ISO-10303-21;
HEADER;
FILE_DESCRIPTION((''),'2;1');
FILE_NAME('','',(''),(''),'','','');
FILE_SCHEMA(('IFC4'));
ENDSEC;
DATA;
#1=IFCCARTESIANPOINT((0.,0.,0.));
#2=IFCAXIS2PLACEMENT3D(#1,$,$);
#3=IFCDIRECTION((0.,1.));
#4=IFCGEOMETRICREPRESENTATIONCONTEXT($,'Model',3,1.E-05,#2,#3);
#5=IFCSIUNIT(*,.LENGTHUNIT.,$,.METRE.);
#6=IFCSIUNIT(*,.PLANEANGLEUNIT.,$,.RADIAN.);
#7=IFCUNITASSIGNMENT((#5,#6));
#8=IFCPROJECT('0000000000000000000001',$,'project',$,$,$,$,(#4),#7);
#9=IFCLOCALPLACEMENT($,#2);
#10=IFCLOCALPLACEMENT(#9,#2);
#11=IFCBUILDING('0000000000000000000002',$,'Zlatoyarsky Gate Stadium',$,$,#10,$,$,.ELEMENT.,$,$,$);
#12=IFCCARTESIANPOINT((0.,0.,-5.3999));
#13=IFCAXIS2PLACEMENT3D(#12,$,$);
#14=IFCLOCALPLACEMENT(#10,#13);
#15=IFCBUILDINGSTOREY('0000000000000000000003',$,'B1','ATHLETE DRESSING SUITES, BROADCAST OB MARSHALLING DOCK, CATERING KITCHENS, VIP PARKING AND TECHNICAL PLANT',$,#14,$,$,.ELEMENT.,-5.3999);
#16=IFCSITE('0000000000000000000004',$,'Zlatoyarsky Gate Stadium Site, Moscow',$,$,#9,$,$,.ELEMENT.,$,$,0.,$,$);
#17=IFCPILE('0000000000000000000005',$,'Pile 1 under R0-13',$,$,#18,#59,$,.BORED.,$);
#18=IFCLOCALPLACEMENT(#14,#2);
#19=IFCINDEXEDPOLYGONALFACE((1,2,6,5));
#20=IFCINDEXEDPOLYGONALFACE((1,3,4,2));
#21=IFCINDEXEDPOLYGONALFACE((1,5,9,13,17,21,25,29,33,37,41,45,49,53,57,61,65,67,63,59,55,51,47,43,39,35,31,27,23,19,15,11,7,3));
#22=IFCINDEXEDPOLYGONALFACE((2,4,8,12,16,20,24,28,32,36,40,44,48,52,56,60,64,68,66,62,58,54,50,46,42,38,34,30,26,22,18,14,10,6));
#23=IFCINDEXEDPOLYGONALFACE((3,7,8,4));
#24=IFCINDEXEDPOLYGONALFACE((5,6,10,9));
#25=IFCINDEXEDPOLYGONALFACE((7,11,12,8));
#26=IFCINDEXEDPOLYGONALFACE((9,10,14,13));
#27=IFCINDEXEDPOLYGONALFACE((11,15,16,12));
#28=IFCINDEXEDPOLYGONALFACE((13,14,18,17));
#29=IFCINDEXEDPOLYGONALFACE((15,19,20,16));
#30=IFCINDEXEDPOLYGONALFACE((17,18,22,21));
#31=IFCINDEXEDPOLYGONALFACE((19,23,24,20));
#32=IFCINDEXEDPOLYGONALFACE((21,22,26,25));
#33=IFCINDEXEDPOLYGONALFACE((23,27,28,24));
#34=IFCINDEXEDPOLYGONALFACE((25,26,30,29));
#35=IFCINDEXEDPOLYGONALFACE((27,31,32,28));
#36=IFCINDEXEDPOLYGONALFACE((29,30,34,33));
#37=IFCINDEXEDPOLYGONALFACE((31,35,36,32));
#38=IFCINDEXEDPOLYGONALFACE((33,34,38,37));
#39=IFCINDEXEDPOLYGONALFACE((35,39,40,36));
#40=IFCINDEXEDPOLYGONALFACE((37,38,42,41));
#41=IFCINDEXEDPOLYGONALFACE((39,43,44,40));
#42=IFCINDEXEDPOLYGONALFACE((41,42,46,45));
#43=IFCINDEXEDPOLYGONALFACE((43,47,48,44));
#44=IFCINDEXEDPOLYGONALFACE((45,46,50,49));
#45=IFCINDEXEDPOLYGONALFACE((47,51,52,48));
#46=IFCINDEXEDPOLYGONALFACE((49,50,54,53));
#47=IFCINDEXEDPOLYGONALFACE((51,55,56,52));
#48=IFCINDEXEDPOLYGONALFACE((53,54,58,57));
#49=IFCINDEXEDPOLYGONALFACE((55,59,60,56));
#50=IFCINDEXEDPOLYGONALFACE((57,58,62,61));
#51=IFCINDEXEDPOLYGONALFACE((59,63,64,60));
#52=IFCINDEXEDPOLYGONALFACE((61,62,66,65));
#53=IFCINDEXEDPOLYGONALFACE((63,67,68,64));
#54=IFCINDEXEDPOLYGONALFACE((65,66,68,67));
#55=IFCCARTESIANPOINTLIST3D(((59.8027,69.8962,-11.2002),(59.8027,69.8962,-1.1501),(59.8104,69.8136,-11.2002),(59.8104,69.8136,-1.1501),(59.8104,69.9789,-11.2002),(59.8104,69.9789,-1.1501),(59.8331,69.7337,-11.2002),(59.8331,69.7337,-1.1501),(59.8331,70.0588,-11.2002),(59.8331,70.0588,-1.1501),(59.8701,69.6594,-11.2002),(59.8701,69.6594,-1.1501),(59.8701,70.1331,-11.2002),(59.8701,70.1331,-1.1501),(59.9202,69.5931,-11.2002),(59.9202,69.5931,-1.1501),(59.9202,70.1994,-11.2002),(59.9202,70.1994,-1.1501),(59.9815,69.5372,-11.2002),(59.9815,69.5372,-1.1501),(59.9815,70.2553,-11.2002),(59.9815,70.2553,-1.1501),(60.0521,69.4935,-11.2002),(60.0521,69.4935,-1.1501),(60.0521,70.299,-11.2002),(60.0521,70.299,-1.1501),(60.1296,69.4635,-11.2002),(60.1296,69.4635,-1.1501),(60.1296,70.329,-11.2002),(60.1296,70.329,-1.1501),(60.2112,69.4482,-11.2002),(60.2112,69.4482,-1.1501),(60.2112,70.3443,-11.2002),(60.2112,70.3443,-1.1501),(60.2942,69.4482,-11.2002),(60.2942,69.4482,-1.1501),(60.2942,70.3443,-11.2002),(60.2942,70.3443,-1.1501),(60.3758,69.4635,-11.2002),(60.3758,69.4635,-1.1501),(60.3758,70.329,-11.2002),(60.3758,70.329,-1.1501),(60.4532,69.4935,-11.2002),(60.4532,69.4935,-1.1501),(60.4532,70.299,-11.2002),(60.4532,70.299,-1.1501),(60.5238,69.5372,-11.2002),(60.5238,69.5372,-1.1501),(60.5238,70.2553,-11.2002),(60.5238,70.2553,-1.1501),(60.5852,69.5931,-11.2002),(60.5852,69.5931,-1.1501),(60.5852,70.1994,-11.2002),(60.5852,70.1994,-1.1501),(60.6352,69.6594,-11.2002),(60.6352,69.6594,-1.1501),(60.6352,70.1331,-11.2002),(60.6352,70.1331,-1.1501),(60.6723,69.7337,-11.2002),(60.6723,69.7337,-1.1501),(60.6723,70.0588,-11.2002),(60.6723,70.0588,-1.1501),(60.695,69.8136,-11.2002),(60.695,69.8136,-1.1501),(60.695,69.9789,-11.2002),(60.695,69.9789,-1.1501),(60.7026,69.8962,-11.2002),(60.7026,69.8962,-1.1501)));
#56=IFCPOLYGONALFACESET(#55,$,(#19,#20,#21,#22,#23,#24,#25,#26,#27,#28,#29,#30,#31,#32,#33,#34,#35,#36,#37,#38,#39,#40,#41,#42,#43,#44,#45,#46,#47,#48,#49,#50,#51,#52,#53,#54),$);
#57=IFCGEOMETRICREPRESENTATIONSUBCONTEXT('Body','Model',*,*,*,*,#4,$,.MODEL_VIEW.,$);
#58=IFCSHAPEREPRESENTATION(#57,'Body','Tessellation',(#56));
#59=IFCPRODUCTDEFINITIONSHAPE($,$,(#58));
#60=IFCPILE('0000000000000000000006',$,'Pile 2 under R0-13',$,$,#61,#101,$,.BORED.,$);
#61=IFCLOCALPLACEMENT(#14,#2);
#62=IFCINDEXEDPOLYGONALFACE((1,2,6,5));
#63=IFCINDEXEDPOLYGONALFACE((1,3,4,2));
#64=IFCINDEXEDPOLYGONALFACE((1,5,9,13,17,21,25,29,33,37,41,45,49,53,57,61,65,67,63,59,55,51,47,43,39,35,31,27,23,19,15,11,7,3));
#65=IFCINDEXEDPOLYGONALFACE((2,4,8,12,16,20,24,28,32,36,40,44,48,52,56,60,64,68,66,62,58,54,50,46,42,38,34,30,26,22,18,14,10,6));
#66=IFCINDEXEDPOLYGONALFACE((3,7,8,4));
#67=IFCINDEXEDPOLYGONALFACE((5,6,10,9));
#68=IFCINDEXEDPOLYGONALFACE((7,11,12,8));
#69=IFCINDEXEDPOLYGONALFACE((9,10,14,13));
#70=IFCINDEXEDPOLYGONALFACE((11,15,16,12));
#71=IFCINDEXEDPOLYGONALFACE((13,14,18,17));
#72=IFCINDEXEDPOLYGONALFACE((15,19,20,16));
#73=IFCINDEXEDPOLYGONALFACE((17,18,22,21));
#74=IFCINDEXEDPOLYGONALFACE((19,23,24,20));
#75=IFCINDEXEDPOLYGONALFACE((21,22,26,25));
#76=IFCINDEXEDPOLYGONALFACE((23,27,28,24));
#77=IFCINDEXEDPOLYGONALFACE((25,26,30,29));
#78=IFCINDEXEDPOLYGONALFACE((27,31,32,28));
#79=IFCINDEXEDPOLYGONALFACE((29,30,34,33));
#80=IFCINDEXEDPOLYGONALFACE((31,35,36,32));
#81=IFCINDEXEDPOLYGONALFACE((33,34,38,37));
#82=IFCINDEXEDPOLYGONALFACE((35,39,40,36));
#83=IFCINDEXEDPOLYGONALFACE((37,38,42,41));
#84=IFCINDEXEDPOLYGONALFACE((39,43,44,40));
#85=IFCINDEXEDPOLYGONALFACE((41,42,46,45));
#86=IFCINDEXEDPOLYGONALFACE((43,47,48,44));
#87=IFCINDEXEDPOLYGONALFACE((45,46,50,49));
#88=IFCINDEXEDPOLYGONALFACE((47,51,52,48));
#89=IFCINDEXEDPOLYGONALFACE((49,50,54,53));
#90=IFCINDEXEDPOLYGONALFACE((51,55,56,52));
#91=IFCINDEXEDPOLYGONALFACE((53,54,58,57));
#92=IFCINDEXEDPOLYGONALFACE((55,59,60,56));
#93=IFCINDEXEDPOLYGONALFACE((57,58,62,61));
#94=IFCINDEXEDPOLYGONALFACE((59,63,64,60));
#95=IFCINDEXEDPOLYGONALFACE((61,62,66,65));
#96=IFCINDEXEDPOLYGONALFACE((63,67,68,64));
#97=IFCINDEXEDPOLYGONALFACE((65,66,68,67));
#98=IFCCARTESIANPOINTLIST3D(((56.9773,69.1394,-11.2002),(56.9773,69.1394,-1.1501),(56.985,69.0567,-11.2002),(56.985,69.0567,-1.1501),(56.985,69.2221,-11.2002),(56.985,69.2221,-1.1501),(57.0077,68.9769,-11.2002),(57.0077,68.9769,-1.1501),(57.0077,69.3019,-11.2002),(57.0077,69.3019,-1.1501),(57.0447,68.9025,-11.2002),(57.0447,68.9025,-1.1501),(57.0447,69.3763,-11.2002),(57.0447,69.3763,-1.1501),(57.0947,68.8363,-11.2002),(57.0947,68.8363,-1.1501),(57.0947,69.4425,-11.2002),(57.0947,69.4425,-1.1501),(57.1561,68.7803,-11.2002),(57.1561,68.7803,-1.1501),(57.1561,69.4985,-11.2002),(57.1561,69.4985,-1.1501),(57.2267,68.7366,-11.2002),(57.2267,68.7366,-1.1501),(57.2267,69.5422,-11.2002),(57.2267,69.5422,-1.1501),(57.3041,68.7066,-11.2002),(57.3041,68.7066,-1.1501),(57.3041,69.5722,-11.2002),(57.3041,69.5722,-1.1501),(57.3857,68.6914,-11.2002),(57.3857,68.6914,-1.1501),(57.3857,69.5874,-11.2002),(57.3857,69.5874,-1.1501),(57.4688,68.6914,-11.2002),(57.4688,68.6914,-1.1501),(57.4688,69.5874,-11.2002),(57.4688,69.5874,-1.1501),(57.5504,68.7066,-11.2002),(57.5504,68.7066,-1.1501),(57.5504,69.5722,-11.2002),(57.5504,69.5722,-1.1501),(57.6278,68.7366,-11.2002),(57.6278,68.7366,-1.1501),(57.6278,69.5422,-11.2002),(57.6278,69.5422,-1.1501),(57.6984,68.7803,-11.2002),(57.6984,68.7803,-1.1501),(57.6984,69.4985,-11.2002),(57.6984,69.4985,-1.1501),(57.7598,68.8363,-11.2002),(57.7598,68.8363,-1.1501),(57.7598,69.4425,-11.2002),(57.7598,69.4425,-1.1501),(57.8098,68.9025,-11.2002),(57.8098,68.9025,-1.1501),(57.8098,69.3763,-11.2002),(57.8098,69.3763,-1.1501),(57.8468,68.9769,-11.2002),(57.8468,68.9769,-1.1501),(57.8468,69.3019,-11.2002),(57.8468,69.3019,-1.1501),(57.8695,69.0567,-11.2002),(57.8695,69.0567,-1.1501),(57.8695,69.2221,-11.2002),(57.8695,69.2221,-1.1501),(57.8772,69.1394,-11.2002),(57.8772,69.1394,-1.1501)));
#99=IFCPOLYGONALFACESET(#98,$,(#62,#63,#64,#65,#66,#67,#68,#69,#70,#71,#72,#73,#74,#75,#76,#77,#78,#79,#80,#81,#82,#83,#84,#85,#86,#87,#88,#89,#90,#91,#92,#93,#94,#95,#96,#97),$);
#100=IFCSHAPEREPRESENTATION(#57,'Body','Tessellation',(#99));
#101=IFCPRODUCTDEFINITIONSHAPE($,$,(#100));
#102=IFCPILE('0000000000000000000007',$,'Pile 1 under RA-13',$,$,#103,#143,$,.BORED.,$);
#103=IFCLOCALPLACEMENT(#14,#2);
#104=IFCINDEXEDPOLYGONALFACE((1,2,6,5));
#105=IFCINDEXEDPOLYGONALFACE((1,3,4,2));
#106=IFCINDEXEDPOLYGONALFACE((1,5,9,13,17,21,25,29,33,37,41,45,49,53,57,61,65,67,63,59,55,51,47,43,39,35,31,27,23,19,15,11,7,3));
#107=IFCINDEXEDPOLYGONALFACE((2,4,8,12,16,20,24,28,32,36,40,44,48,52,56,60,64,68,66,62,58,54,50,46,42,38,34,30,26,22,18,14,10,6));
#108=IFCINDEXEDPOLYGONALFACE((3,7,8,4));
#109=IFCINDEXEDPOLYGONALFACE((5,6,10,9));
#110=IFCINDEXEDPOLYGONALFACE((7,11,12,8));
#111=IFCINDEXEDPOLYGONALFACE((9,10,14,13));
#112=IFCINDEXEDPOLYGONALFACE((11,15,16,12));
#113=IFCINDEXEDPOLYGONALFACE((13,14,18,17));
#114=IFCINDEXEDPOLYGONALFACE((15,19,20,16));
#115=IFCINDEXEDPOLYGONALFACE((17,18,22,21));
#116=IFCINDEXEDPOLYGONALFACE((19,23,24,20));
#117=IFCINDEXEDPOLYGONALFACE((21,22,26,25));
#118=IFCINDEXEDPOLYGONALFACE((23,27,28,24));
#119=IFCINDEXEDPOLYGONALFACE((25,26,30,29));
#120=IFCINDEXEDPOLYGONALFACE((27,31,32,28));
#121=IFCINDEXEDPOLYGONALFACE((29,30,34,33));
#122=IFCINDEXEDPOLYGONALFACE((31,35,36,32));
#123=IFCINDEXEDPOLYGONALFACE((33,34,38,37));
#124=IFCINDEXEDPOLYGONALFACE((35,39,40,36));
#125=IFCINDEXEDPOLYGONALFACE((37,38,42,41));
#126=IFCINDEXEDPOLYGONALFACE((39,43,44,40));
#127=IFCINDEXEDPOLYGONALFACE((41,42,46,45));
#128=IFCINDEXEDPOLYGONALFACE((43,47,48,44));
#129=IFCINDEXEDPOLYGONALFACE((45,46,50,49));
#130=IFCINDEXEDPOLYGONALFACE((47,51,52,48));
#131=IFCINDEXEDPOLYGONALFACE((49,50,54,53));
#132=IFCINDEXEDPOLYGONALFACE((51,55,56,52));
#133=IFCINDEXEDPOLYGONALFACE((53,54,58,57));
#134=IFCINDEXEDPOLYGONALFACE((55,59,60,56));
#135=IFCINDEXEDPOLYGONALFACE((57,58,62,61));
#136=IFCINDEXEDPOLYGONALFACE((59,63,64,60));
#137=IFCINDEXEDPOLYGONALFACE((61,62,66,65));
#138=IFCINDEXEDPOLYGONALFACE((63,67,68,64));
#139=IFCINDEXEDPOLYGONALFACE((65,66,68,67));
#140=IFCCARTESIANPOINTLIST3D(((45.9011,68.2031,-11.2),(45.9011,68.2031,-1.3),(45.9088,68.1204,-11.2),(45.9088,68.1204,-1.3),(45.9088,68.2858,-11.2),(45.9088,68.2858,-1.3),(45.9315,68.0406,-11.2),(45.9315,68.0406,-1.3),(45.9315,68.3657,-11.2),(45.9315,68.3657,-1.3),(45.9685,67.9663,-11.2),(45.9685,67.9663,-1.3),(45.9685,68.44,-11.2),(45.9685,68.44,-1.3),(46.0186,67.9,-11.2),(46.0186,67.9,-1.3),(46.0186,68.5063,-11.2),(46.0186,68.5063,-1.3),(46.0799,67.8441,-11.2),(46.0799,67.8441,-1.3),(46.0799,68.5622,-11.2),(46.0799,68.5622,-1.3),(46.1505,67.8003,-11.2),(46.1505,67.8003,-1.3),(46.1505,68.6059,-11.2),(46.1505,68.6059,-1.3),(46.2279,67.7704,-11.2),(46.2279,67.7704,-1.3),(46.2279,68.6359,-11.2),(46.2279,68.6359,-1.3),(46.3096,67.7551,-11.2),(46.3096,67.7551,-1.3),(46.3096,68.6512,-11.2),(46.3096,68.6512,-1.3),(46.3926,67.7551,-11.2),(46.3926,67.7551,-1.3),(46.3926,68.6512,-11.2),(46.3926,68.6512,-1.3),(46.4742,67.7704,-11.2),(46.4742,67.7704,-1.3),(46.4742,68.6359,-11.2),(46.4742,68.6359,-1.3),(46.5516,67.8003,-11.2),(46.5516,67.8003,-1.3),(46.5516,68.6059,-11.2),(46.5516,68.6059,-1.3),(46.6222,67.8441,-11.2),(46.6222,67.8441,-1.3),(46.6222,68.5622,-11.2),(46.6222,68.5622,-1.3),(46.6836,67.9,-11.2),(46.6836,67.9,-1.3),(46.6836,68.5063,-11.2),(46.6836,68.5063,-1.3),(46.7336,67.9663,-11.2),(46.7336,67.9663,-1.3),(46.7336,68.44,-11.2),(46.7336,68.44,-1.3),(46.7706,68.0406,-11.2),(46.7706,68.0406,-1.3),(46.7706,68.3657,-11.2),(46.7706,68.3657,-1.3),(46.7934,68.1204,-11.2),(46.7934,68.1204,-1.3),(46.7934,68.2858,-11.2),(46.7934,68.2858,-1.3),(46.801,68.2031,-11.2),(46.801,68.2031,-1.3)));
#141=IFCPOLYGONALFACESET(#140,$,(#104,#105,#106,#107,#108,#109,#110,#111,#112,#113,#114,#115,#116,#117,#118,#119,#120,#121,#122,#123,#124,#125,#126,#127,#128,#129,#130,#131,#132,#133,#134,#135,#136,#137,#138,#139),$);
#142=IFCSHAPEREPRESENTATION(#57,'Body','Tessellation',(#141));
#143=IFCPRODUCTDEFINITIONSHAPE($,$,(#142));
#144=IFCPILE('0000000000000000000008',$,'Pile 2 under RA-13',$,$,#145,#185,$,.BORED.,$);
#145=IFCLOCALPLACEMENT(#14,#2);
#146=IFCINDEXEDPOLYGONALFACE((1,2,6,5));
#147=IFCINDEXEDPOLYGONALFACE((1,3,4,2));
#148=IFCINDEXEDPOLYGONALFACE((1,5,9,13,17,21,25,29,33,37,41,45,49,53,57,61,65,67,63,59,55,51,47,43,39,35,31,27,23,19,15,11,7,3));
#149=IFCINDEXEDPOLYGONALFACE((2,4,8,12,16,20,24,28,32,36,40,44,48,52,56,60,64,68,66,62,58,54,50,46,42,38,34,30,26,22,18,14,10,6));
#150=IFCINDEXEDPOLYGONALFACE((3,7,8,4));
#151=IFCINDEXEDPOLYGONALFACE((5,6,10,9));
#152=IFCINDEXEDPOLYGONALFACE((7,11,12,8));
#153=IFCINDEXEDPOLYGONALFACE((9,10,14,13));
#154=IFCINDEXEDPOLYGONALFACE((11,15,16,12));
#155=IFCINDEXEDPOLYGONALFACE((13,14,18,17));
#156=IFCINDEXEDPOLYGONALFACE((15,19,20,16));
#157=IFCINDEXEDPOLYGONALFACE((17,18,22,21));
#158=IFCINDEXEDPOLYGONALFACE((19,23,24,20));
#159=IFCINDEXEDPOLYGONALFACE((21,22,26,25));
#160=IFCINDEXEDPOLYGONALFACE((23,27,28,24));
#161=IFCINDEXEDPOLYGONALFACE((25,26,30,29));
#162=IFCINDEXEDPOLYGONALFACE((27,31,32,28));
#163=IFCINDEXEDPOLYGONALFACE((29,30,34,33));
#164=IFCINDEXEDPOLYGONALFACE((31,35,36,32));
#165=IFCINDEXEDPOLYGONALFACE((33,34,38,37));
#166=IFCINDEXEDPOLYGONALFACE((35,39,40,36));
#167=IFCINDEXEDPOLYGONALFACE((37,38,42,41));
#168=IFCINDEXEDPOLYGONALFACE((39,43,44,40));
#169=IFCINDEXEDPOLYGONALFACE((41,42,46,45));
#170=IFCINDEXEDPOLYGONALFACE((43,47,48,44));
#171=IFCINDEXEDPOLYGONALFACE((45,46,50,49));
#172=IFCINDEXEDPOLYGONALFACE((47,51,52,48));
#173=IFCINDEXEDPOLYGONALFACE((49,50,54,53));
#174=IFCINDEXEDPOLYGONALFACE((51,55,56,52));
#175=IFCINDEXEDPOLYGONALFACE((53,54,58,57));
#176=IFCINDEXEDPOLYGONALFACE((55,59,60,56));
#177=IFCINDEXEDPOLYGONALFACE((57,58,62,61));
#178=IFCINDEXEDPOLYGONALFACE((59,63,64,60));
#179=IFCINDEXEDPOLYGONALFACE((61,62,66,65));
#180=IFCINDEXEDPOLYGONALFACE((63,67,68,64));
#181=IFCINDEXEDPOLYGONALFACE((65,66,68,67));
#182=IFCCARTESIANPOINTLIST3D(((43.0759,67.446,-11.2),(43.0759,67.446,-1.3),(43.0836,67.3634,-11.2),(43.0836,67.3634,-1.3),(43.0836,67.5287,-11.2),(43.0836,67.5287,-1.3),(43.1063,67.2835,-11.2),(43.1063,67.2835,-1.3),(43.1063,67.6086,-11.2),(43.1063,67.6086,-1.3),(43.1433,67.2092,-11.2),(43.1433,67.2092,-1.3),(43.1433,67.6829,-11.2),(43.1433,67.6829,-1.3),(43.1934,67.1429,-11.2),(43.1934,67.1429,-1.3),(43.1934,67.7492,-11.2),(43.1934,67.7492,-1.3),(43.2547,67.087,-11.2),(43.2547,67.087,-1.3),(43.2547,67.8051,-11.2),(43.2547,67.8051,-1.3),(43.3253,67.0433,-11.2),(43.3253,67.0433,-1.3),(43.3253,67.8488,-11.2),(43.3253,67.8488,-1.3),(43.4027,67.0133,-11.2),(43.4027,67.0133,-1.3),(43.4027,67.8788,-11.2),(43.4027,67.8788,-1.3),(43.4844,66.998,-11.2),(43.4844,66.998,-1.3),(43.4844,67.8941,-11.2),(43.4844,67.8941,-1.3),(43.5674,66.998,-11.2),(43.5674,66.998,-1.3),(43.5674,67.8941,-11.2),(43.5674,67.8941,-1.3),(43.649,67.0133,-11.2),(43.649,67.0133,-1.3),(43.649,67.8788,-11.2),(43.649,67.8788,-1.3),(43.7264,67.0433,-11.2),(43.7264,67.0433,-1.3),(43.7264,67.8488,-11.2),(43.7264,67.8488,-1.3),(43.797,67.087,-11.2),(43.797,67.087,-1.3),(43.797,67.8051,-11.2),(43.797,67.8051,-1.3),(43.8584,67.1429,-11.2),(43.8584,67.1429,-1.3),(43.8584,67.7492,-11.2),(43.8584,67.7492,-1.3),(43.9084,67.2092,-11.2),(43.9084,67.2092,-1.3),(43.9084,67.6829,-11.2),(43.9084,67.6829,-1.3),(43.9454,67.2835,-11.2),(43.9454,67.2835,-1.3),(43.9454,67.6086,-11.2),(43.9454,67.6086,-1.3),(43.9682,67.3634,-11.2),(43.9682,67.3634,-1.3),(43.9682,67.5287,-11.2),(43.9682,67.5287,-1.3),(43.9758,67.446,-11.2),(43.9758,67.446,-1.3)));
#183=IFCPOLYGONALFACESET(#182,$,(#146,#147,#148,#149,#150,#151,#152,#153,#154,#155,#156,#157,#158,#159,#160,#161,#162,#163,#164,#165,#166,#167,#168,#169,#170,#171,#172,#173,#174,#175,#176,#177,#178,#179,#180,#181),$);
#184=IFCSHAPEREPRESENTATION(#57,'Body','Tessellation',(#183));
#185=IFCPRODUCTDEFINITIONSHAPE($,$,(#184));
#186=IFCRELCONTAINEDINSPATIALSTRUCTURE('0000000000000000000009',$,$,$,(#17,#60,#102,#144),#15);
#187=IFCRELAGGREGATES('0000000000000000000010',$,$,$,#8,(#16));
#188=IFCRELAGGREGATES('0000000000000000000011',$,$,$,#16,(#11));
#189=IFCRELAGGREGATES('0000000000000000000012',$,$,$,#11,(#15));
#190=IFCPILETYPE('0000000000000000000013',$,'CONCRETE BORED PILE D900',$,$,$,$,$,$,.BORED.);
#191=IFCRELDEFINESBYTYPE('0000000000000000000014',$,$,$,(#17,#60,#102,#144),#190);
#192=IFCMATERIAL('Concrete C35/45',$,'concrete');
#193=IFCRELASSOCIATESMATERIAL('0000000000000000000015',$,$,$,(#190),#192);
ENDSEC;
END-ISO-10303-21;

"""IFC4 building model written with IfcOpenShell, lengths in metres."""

from ifc_helpers import new_model, si_unit, direction, frame, origin, origin_2d, place, context, subcontext, project, spatial, circle, extrude, material, material_profile, profile_set, type_object, element, save


model = new_model("IFC4")

# Units and contexts
model_context = context("Model", 3, precision=1e-05, world=origin(), true_north=direction((0.0, 1.0)))
body_context = subcontext(model_context, "Body", "Model", "MODEL_VIEW")
ifc_project = project(units=[si_unit("LENGTHUNIT", "METRE"), si_unit("PLANEANGLEUNIT", "RADIAN")], contexts=[model_context])

# Site, building, storey
site_placement = place(None, origin())
site = spatial("IfcSite", under=ifc_project, at=site_placement, Name="Zlatoyarsky Gate Stadium Site, Moscow", CompositionType="ELEMENT", RefElevation=0.0)
building_placement = place(site_placement, origin())
building = spatial("IfcBuilding", under=site, at=building_placement, Name="Zlatoyarsky Gate Stadium", CompositionType="ELEMENT")
storey_placement = place(building_placement, frame((0.0, 0.0, -5.3999)))
storey = spatial("IfcBuildingStorey", under=building, at=storey_placement, Name="B1", Description="ATHLETE DRESSING SUITES, BROADCAST OB MARSHALLING DOCK, CATERING KITCHENS, VIP PARKING AND TECHNICAL PLANT", CompositionType="ELEMENT", Elevation=-5.3999)

# Piles
ifc_material_1 = material(Name="Concrete C35/45", Category="concrete")
ifc_material_profile_1 = material_profile(ifc_material_1, circle(Radius=0.45, at=origin_2d()), Name="BORED PILE D900")
ifc_profile_set_1 = profile_set([ifc_material_profile_1], Name="Concrete C35/45")
pile_type_1 = type_object("IfcPileType", Name="CONCRETE BORED PILE D900", PredefinedType="BORED", material=ifc_profile_set_1)
for number, where, z_axis, x_axis, name in (
    (1, (60.2527, 69.8962, -1.1501), (0.0, 0.0, -1.0), (1.0, 0.0, 0.0), "Pile 1 under R0-13"),
    (2, (57.4272, 69.1394, -1.1501), (0.0, 0.0, -1.0), (1.0, 0.0, 0.0), "Pile 2 under R0-13"),
):
    element("IfcPile", number, at=place(storey_placement, frame(where, z_axis=z_axis, x_axis=x_axis)), inside=storey, type_object=pile_type_1, Name=name, PredefinedType="BORED", context=body_context, shape_type="SweptSolid", body=[
        extrude(circle(Radius=0.45, at=origin_2d()), origin(), (0.0, 0.0, 1.0), 10.05),
    ])
for number, where, z_axis, x_axis, name in (
    (3, (46.3511, 68.2031, -1.3), (0.0, 0.0, -1.0), (1.0, 0.0, 0.0), "Pile 1 under RA-13"),
    (4, (43.5259, 67.446, -1.3), (0.0, 0.0, -1.0), (1.0, 0.0, 0.0), "Pile 2 under RA-13"),
):
    element("IfcPile", number, at=place(storey_placement, frame(where, z_axis=z_axis, x_axis=x_axis)), inside=storey, type_object=pile_type_1, Name=name, PredefinedType="BORED", context=body_context, shape_type="SweptSolid", body=[
        extrude(circle(Radius=0.45, at=origin_2d()), origin(), (0.0, 0.0, 1.0), 9.8999),
    ])

save(model, "model.ifc")
